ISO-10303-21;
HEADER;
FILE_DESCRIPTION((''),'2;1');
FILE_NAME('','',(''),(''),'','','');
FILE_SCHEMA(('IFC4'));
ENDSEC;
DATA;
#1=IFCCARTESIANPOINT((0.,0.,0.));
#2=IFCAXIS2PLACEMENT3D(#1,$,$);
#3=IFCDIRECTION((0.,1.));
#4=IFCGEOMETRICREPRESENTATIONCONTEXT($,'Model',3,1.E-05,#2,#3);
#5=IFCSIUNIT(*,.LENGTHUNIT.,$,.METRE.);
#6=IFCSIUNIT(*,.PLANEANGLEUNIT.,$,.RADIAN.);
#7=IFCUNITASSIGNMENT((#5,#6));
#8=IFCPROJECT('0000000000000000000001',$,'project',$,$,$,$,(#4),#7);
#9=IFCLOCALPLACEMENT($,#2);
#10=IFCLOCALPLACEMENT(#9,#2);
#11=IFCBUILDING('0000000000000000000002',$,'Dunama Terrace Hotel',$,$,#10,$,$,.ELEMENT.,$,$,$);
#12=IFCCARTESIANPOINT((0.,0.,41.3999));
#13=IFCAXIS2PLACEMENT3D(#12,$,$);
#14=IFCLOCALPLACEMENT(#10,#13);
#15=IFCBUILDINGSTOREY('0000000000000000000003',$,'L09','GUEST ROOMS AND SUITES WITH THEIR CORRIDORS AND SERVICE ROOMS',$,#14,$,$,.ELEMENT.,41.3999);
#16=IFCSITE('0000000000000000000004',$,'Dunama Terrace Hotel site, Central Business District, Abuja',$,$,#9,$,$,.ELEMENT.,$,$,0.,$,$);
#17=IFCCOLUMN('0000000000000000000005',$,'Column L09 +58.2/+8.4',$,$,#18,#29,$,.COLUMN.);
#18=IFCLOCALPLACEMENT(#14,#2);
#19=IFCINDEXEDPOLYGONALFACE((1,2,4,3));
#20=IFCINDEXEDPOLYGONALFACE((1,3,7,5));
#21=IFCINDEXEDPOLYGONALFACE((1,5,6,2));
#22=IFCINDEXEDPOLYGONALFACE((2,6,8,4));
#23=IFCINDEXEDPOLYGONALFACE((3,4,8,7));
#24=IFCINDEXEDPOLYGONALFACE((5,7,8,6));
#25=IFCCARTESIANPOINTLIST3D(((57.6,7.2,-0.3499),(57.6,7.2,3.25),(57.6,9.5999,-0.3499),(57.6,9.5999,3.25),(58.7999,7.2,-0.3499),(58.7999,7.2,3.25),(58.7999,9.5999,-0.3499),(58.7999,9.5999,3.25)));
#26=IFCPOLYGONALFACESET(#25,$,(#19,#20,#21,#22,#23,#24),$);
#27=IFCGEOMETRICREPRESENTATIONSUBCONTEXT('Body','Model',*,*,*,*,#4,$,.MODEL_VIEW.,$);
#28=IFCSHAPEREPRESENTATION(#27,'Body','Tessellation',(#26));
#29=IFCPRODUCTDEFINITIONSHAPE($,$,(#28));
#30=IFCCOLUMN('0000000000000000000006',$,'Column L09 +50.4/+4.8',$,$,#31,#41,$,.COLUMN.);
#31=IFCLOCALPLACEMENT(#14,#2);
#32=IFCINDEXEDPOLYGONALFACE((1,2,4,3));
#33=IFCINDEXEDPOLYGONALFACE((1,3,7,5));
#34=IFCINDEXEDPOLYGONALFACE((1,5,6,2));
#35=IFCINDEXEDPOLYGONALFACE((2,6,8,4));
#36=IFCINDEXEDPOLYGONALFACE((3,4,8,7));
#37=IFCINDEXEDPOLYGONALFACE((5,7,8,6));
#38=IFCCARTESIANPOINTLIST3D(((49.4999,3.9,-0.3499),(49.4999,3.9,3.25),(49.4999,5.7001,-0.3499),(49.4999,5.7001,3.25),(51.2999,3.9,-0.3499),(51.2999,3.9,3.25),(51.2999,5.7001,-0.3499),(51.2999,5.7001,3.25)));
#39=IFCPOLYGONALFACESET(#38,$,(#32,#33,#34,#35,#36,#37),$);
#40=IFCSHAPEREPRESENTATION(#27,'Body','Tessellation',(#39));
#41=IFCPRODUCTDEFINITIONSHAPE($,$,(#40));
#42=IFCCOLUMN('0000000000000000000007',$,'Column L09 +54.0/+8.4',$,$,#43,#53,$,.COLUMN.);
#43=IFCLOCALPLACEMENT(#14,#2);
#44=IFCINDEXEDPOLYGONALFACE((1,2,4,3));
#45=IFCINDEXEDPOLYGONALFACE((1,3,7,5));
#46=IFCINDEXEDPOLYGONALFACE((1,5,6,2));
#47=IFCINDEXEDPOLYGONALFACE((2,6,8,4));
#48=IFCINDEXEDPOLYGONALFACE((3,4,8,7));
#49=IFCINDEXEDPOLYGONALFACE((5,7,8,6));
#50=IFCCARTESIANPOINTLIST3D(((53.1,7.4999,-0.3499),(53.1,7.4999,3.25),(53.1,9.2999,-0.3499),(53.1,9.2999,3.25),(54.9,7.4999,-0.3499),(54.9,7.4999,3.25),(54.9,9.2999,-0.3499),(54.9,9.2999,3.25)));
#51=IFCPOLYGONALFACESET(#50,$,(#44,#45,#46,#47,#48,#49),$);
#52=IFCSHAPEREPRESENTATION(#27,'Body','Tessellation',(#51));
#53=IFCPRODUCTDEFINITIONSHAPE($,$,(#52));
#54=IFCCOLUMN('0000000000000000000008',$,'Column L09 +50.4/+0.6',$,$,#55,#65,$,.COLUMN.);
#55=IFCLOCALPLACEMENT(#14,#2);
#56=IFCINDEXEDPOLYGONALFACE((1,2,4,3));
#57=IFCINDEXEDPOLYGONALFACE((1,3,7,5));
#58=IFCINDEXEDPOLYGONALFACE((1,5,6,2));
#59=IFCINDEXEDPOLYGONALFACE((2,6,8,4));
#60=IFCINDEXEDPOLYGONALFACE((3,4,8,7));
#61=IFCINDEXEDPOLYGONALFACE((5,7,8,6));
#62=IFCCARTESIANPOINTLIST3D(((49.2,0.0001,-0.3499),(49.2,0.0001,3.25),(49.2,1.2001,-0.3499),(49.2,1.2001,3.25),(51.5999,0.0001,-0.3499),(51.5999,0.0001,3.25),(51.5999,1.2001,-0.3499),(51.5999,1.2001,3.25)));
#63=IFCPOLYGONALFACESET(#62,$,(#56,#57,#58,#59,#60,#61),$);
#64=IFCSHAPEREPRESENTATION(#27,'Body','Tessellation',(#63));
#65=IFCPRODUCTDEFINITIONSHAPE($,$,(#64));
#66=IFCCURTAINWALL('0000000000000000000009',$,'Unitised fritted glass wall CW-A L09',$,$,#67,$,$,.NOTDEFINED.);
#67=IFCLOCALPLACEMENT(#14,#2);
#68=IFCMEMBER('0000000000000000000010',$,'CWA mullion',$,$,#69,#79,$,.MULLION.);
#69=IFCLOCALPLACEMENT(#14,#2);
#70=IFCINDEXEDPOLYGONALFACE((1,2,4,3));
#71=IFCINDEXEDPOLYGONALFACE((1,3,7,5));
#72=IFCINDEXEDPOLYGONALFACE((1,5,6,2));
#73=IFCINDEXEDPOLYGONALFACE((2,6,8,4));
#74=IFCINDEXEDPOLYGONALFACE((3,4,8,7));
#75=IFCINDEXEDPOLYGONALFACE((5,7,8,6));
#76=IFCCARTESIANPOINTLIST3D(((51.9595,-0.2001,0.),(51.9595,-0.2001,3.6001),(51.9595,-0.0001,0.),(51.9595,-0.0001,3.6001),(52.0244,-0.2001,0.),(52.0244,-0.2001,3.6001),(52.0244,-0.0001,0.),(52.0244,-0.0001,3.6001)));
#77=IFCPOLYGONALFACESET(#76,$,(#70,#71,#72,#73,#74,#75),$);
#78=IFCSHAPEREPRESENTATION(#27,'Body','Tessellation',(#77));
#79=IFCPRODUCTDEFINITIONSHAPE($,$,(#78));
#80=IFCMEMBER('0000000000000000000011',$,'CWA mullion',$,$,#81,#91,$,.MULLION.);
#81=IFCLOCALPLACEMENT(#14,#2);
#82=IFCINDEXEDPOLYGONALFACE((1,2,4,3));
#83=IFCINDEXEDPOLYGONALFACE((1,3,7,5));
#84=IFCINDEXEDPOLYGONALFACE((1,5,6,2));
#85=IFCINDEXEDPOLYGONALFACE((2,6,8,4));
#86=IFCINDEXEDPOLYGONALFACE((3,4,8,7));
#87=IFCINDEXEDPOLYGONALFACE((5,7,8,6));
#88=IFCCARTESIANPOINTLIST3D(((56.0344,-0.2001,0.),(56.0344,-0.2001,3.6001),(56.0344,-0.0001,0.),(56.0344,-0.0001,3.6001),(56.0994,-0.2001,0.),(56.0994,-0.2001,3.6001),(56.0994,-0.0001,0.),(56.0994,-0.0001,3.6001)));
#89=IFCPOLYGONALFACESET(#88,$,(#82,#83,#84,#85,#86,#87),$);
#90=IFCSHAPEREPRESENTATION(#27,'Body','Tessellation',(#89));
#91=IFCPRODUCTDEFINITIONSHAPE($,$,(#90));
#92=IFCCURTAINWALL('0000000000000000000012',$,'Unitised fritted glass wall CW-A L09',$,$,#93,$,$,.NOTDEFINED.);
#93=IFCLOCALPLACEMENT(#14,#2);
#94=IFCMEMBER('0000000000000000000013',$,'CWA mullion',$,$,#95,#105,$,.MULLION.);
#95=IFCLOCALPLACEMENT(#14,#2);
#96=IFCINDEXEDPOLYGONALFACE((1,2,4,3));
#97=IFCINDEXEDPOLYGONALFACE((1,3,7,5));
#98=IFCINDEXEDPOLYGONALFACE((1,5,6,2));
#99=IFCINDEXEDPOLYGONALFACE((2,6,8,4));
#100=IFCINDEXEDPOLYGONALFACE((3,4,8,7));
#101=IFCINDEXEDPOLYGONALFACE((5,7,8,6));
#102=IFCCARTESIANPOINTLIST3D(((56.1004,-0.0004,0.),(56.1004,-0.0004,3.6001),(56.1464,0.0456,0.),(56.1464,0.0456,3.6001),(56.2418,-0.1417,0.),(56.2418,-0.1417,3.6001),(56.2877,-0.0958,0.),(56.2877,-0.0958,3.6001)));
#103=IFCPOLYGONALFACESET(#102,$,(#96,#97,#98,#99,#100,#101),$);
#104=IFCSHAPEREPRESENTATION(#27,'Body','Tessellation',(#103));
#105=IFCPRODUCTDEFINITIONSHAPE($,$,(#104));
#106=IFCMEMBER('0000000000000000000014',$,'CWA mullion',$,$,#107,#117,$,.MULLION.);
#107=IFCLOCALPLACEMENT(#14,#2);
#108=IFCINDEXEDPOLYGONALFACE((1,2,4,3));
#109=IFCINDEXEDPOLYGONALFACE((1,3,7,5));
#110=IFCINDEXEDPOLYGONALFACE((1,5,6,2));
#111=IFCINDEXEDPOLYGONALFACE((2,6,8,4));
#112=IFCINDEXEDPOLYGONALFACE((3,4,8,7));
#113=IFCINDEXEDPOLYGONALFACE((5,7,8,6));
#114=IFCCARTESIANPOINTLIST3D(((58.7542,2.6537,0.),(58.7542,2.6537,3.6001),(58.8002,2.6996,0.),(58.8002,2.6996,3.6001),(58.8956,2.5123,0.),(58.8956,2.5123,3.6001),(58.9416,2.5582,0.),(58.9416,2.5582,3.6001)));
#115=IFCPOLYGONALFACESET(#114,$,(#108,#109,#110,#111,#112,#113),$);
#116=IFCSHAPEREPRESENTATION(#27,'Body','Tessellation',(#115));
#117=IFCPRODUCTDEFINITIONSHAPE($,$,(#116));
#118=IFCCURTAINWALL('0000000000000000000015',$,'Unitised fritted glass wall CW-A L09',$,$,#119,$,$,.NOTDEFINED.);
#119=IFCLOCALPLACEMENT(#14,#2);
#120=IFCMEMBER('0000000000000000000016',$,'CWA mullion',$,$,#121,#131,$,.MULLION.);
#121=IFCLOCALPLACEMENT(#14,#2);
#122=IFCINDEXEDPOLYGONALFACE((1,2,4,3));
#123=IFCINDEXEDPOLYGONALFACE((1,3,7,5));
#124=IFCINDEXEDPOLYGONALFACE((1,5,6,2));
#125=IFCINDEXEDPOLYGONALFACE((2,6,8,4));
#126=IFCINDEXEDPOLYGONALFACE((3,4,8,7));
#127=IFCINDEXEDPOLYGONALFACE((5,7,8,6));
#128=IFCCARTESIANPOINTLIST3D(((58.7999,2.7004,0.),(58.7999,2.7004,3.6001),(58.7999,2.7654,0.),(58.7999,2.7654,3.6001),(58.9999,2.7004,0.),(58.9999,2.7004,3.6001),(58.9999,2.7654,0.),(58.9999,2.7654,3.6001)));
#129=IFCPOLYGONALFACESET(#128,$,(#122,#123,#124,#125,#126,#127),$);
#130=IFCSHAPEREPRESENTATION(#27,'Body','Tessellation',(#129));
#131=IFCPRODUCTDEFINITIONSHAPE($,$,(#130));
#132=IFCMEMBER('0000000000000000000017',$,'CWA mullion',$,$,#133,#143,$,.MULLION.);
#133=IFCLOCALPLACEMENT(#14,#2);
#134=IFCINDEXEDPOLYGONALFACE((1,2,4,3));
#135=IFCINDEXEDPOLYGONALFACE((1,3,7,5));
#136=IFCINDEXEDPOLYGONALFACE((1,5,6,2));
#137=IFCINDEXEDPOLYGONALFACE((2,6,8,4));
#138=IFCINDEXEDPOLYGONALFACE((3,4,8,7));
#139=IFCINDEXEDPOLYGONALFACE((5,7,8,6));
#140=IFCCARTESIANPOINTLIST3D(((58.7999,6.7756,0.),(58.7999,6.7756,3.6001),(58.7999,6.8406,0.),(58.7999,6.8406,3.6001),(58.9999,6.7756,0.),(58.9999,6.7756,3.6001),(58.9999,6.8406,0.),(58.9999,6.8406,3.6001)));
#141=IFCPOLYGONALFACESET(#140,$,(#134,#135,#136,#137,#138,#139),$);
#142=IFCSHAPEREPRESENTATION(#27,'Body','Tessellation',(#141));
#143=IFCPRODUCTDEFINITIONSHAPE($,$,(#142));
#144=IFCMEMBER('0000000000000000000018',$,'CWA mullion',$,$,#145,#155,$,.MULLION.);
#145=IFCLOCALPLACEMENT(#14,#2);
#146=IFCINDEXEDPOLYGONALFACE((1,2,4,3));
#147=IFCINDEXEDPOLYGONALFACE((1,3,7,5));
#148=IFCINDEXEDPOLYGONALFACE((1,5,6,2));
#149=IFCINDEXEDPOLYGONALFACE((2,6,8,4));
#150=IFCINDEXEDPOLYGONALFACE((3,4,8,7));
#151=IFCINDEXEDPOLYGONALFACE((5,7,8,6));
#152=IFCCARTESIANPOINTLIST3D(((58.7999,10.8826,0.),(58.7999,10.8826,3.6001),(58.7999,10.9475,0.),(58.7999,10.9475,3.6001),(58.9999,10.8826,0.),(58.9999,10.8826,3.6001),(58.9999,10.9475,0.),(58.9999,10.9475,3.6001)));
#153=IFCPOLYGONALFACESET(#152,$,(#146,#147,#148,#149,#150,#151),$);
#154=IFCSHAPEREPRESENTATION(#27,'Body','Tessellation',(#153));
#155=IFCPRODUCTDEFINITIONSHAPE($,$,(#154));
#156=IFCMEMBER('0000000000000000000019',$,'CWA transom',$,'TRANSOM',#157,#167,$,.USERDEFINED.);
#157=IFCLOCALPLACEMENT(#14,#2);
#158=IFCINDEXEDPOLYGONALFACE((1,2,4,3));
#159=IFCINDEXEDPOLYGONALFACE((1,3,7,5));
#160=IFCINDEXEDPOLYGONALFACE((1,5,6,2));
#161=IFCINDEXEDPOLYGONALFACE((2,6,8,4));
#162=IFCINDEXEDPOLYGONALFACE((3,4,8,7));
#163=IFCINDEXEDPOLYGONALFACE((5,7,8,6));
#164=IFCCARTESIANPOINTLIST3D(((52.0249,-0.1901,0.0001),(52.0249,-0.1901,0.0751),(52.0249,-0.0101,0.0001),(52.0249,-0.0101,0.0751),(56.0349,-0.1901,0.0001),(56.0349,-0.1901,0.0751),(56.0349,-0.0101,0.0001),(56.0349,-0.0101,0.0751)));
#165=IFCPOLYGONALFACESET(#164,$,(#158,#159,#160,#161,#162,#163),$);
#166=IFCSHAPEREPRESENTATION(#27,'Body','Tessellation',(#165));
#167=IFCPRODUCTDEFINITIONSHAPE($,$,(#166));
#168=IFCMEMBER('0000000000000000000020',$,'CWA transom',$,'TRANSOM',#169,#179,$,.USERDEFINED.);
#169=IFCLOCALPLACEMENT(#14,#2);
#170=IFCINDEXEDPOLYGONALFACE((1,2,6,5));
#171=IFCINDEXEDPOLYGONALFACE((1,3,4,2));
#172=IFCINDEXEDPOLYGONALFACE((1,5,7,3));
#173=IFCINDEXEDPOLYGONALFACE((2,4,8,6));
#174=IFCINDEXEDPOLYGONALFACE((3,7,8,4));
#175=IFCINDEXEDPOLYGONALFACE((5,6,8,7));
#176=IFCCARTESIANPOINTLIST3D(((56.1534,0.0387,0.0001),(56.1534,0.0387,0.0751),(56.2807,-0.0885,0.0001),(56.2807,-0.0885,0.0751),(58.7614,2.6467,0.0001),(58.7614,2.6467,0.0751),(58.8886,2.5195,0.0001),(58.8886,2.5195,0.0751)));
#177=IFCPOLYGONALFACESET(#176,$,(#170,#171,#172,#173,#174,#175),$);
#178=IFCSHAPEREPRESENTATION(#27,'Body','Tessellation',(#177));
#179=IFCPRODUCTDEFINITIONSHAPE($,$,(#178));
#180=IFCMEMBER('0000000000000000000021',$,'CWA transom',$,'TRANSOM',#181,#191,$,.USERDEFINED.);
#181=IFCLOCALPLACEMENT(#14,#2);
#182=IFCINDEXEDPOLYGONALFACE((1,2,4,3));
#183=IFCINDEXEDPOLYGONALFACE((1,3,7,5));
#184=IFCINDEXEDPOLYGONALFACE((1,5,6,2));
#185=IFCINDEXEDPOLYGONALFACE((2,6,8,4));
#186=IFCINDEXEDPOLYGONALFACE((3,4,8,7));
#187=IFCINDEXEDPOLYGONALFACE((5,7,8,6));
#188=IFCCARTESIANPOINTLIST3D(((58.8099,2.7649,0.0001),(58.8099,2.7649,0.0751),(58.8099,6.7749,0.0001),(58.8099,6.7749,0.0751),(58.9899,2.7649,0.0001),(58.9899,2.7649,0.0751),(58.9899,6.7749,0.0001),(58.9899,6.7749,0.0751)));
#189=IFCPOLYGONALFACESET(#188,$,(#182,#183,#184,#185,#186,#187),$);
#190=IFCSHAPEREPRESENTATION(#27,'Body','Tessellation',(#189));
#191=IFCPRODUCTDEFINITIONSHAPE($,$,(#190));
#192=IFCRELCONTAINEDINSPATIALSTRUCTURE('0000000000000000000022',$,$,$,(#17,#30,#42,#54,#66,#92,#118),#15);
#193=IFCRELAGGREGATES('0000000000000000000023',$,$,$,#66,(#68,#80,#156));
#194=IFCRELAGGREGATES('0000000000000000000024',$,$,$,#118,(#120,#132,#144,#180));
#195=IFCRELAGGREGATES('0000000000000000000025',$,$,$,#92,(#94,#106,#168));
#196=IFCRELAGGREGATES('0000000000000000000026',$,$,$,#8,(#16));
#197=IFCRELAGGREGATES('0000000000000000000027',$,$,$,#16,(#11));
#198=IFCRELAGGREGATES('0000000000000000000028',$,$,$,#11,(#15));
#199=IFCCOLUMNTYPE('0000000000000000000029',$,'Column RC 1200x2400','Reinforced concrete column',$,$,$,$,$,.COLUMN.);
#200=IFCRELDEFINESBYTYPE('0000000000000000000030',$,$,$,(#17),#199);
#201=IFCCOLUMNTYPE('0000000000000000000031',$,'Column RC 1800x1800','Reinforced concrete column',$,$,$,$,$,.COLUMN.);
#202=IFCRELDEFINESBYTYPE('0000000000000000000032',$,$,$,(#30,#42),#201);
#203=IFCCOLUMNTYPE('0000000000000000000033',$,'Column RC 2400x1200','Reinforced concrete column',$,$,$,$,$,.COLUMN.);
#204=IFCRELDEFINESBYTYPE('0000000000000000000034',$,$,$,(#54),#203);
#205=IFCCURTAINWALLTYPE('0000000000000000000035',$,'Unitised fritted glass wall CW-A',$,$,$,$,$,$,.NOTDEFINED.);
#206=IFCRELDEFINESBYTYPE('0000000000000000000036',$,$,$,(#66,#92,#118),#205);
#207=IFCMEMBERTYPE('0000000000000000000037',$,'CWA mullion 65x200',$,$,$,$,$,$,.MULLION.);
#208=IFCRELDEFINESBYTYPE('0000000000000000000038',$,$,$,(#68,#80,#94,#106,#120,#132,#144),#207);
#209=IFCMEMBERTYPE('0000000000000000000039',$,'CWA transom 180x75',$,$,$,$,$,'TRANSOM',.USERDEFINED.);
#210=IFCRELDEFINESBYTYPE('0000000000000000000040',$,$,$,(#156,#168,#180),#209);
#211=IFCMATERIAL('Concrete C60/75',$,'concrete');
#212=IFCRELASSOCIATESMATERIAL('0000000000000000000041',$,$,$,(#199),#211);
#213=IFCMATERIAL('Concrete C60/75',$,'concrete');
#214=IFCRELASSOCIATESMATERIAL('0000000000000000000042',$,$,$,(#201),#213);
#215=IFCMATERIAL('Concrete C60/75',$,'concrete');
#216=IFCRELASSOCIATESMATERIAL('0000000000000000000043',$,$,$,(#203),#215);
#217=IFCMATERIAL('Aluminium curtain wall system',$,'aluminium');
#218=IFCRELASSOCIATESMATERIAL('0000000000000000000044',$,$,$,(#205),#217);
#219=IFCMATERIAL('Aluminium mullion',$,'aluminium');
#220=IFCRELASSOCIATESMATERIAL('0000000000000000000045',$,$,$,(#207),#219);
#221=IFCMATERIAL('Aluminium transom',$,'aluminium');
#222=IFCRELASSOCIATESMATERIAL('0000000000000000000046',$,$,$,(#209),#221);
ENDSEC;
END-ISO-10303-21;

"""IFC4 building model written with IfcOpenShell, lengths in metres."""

from ifc_helpers import new_model, si_unit, direction, frame, origin, origin_2d, place, context, subcontext, project, spatial, rectangle, extrude, material, material_profile, profile_set, type_object, element, aggregate, save


model = new_model("IFC4")

# Units and contexts
model_context = context("Model", 3, precision=1e-05, world=origin(), true_north=direction((0.0, 1.0)))
body_context = subcontext(model_context, "Body", "Model", "MODEL_VIEW")
ifc_project = project(units=[si_unit("LENGTHUNIT", "METRE"), si_unit("PLANEANGLEUNIT", "RADIAN")], contexts=[model_context])

# Site, building, storey
site_placement = place(None, origin())
site = spatial("IfcSite", under=ifc_project, at=site_placement, Name="Dunama Terrace Hotel site, Central Business District, Abuja", CompositionType="ELEMENT", RefElevation=0.0)
building_placement = place(site_placement, origin())
building = spatial("IfcBuilding", under=site, at=building_placement, Name="Dunama Terrace Hotel", CompositionType="ELEMENT")
storey_placement = place(building_placement, frame((0.0, 0.0, 41.3999)))
storey = spatial("IfcBuildingStorey", under=building, at=storey_placement, Name="L09", Description="GUEST ROOMS AND SUITES WITH THEIR CORRIDORS AND SERVICE ROOMS", CompositionType="ELEMENT", Elevation=41.3999)

# Columns
ifc_material_1 = material(Name="Concrete C60/75", Category="concrete")
ifc_material_profile_1 = material_profile(ifc_material_1, rectangle(XDim=1.2, YDim=2.3999, at=origin_2d()), Name="RC 1200x2400")
ifc_profile_set_1 = profile_set([ifc_material_profile_1], Name="Concrete C60/75")
column_type_1 = type_object("IfcColumnType", Name="Column RC 1200x2400", Description="Reinforced concrete column", PredefinedType="COLUMN", material=ifc_profile_set_1)
column_1_placement = place(storey_placement, frame((58.2, 8.3999, -0.3499), z_axis=(0.0, 0.0, 1.0), x_axis=(1.0, 0.0, 0.0)))
element("IfcColumn", 1, at=column_1_placement, inside=storey, type_object=column_type_1, Name="Column L09 +58.2/+8.4", PredefinedType="COLUMN", context=body_context, shape_type="SweptSolid", body=[
    extrude(rectangle(XDim=1.2, YDim=2.3999, at=origin_2d()), origin(), (0.0, 0.0, 1.0), 3.5999),
])
ifc_material_2 = material(Name="Concrete C60/75", Category="concrete")
ifc_material_profile_2 = material_profile(ifc_material_2, rectangle(XDim=1.8, YDim=1.8, at=origin_2d()), Name="RC 1800x1800")
ifc_profile_set_2 = profile_set([ifc_material_profile_2], Name="Concrete C60/75")
column_type_2 = type_object("IfcColumnType", Name="Column RC 1800x1800", Description="Reinforced concrete column", PredefinedType="COLUMN", material=ifc_profile_set_2)
for number, where, z_axis, x_axis, name in (
    (2, (50.3999, 4.8, -0.3499), (0.0, 0.0, 1.0), (1.0, 0.0, 0.0), "Column L09 +50.4/+4.8"),
    (3, (54.0, 8.3999, -0.3499), (0.0, 0.0, 1.0), (1.0, 0.0, 0.0), "Column L09 +54.0/+8.4"),
):
    element("IfcColumn", number, at=place(storey_placement, frame(where, z_axis=z_axis, x_axis=x_axis)), inside=storey, type_object=column_type_2, Name=name, PredefinedType="COLUMN", context=body_context, shape_type="SweptSolid", body=[
        extrude(rectangle(XDim=1.8, YDim=1.8, at=origin_2d()), origin(), (0.0, 0.0, 1.0), 3.5999),
    ])
ifc_material_3 = material(Name="Concrete C60/75", Category="concrete")
ifc_material_profile_3 = material_profile(ifc_material_3, rectangle(XDim=2.3999, YDim=1.2, at=origin_2d()), Name="RC 2400x1200")
ifc_profile_set_3 = profile_set([ifc_material_profile_3], Name="Concrete C60/75")
column_type_3 = type_object("IfcColumnType", Name="Column RC 2400x1200", Description="Reinforced concrete column", PredefinedType="COLUMN", material=ifc_profile_set_3)
column_2_placement = place(storey_placement, frame((50.3999, 0.6001, -0.3499), z_axis=(0.0, 0.0, 1.0), x_axis=(1.0, 0.0, 0.0)))
element("IfcColumn", 4, at=column_2_placement, inside=storey, type_object=column_type_3, Name="Column L09 +50.4/+0.6", PredefinedType="COLUMN", context=body_context, shape_type="SweptSolid", body=[
    extrude(rectangle(XDim=2.3999, YDim=1.2, at=origin_2d()), origin(), (0.0, 0.0, 1.0), 3.5999),
])

# Curtain walls, members
ifc_material_4 = material(Name="Aluminium curtain wall system", Category="aluminium")
curtain_wall_type = type_object("IfcCurtainWallType", Name="Unitised fritted glass wall CW-A", PredefinedType="NOTDEFINED", material=ifc_material_4)
curtain_wall_1_placement = place(storey_placement, origin())
curtain_wall_1 = element("IfcCurtainWall", 5, at=curtain_wall_1_placement, inside=storey, type_object=curtain_wall_type, Name="Unitised fritted glass wall CW-A L09", PredefinedType="NOTDEFINED")
ifc_material_5 = material(Name="Aluminium mullion", Category="aluminium")
ifc_material_profile_4 = material_profile(ifc_material_5, rectangle(XDim=0.0649, YDim=0.2, at=origin_2d()), Name="CWA MULLION 65X200")
ifc_profile_set_4 = profile_set([ifc_material_profile_4], Name="Aluminium mullion")
member_type_1 = type_object("IfcMemberType", Name="CWA mullion 65x200", PredefinedType="MULLION", material=ifc_profile_set_4)
member_1_placement = place(storey_placement, frame((51.9919, -0.1001, 0.0), z_axis=(0.0, 0.0, 1.0), x_axis=(1.0, 0.0, 0.0)))
member_1 = element("IfcMember", 6, at=member_1_placement, type_object=member_type_1, Name="CWA mullion", PredefinedType="MULLION", context=body_context, shape_type="SweptSolid", body=[
    extrude(rectangle(XDim=0.0649, YDim=0.2, at=origin_2d()), origin(), (0.0, 0.0, 1.0), 3.6001),
])
member_2_placement = place(storey_placement, frame((56.0669, -0.1001, 0.0), z_axis=(0.0, 0.0, 1.0), x_axis=(1.0, 0.0, 0.0)))
member_2 = element("IfcMember", 7, at=member_2_placement, type_object=member_type_1, Name="CWA mullion", PredefinedType="MULLION", context=body_context, shape_type="SweptSolid", body=[
    extrude(rectangle(XDim=0.0649, YDim=0.2, at=origin_2d()), origin(), (0.0, 0.0, 1.0), 3.6001),
])
curtain_wall_2_placement = place(storey_placement, origin())
curtain_wall_2 = element("IfcCurtainWall", 8, at=curtain_wall_2_placement, inside=storey, type_object=curtain_wall_type, Name="Unitised fritted glass wall CW-A L09", PredefinedType="NOTDEFINED")
member_3_placement = place(storey_placement, frame((56.1941, -0.0481, 0.0), z_axis=(0.0, 0.0, 1.0), x_axis=(0.707107, 0.707107, 0.0)))
member_3 = element("IfcMember", 9, at=member_3_placement, type_object=member_type_1, Name="CWA mullion", PredefinedType="MULLION", context=body_context, shape_type="SweptSolid", body=[
    extrude(rectangle(XDim=0.0649, YDim=0.2, at=origin_2d()), origin(), (0.0, 0.0, 1.0), 3.6001),
])
member_4_placement = place(storey_placement, frame((58.8479, 2.606, 0.0), z_axis=(0.0, 0.0, 1.0), x_axis=(0.707107, 0.707107, 0.0)))
member_4 = element("IfcMember", 10, at=member_4_placement, type_object=member_type_1, Name="CWA mullion", PredefinedType="MULLION", context=body_context, shape_type="SweptSolid", body=[
    extrude(rectangle(XDim=0.0649, YDim=0.2, at=origin_2d()), origin(), (0.0, 0.0, 1.0), 3.6001),
])
curtain_wall_3_placement = place(storey_placement, origin())
curtain_wall_3 = element("IfcCurtainWall", 11, at=curtain_wall_3_placement, inside=storey, type_object=curtain_wall_type, Name="Unitised fritted glass wall CW-A L09", PredefinedType="NOTDEFINED")
member_5_placement = place(storey_placement, frame((58.8999, 2.7329, 0.0), z_axis=(0.0, 0.0, 1.0), x_axis=(0.0, 1.0, 0.0)))
member_5 = element("IfcMember", 12, at=member_5_placement, type_object=member_type_1, Name="CWA mullion", PredefinedType="MULLION", context=body_context, shape_type="SweptSolid", body=[
    extrude(rectangle(XDim=0.0649, YDim=0.2, at=origin_2d()), origin(), (0.0, 0.0, 1.0), 3.6001),
])
member_6_placement = place(storey_placement, frame((58.8999, 6.8081, 0.0), z_axis=(0.0, 0.0, 1.0), x_axis=(0.0, 1.0, 0.0)))
member_6 = element("IfcMember", 13, at=member_6_placement, type_object=member_type_1, Name="CWA mullion", PredefinedType="MULLION", context=body_context, shape_type="SweptSolid", body=[
    extrude(rectangle(XDim=0.0649, YDim=0.2, at=origin_2d()), origin(), (0.0, 0.0, 1.0), 3.6001),
])
member_7_placement = place(storey_placement, frame((58.8999, 10.915, 0.0), z_axis=(0.0, 0.0, 1.0), x_axis=(0.0, 1.0, 0.0)))
member_7 = element("IfcMember", 14, at=member_7_placement, type_object=member_type_1, Name="CWA mullion", PredefinedType="MULLION", context=body_context, shape_type="SweptSolid", body=[
    extrude(rectangle(XDim=0.0649, YDim=0.2, at=origin_2d()), origin(), (0.0, 0.0, 1.0), 3.6001),
])

# Members
ifc_material_6 = material(Name="Aluminium transom", Category="aluminium")
ifc_material_profile_5 = material_profile(ifc_material_6, rectangle(XDim=0.1799, YDim=0.075, at=origin_2d()), Name="CWA TRANSOM 180X75")
ifc_profile_set_5 = profile_set([ifc_material_profile_5], Name="Aluminium transom")
member_type_2 = type_object("IfcMemberType", Name="CWA transom 180x75", ElementType="TRANSOM", PredefinedType="USERDEFINED", material=ifc_profile_set_5)
member_8_placement = place(storey_placement, frame((52.0249, -0.1001, 0.0376), z_axis=(1.0, 0.0, 0.0), x_axis=(0.0, 1.0, 0.0)))
member_8 = element("IfcMember", 15, at=member_8_placement, type_object=member_type_2, Name="CWA transom", ObjectType="TRANSOM", PredefinedType="USERDEFINED", context=body_context, shape_type="SweptSolid", body=[
    extrude(rectangle(XDim=0.1799, YDim=0.075, at=origin_2d()), origin(), (0.0, 0.0, 1.0), 4.01),
])
member_9_placement = place(storey_placement, frame((56.217, -0.0249, 0.0376), z_axis=(0.707107, 0.707107, 0.0), x_axis=(-0.707107, 0.707107, 0.0)))
member_9 = element("IfcMember", 16, at=member_9_placement, type_object=member_type_2, Name="CWA transom", ObjectType="TRANSOM", PredefinedType="USERDEFINED", context=body_context, shape_type="SweptSolid", body=[
    extrude(rectangle(XDim=0.1799, YDim=0.075, at=origin_2d()), origin(), (0.0, 0.0, 1.0), 3.6882),
])
member_10_placement = place(storey_placement, frame((58.8999, 2.7649, 0.0376), z_axis=(0.0, 1.0, 0.0), x_axis=(-1.0, 0.0, 0.0)))
member_10 = element("IfcMember", 17, at=member_10_placement, type_object=member_type_2, Name="CWA transom", ObjectType="TRANSOM", PredefinedType="USERDEFINED", context=body_context, shape_type="SweptSolid", body=[
    extrude(rectangle(XDim=0.1799, YDim=0.075, at=origin_2d()), origin(), (0.0, 0.0, 1.0), 4.01),
])

aggregate(curtain_wall_1, [member_1, member_2, member_8])
aggregate(curtain_wall_3, [member_5, member_6, member_7, member_10])
aggregate(curtain_wall_2, [member_3, member_4, member_9])

save(model, "model.ifc")
